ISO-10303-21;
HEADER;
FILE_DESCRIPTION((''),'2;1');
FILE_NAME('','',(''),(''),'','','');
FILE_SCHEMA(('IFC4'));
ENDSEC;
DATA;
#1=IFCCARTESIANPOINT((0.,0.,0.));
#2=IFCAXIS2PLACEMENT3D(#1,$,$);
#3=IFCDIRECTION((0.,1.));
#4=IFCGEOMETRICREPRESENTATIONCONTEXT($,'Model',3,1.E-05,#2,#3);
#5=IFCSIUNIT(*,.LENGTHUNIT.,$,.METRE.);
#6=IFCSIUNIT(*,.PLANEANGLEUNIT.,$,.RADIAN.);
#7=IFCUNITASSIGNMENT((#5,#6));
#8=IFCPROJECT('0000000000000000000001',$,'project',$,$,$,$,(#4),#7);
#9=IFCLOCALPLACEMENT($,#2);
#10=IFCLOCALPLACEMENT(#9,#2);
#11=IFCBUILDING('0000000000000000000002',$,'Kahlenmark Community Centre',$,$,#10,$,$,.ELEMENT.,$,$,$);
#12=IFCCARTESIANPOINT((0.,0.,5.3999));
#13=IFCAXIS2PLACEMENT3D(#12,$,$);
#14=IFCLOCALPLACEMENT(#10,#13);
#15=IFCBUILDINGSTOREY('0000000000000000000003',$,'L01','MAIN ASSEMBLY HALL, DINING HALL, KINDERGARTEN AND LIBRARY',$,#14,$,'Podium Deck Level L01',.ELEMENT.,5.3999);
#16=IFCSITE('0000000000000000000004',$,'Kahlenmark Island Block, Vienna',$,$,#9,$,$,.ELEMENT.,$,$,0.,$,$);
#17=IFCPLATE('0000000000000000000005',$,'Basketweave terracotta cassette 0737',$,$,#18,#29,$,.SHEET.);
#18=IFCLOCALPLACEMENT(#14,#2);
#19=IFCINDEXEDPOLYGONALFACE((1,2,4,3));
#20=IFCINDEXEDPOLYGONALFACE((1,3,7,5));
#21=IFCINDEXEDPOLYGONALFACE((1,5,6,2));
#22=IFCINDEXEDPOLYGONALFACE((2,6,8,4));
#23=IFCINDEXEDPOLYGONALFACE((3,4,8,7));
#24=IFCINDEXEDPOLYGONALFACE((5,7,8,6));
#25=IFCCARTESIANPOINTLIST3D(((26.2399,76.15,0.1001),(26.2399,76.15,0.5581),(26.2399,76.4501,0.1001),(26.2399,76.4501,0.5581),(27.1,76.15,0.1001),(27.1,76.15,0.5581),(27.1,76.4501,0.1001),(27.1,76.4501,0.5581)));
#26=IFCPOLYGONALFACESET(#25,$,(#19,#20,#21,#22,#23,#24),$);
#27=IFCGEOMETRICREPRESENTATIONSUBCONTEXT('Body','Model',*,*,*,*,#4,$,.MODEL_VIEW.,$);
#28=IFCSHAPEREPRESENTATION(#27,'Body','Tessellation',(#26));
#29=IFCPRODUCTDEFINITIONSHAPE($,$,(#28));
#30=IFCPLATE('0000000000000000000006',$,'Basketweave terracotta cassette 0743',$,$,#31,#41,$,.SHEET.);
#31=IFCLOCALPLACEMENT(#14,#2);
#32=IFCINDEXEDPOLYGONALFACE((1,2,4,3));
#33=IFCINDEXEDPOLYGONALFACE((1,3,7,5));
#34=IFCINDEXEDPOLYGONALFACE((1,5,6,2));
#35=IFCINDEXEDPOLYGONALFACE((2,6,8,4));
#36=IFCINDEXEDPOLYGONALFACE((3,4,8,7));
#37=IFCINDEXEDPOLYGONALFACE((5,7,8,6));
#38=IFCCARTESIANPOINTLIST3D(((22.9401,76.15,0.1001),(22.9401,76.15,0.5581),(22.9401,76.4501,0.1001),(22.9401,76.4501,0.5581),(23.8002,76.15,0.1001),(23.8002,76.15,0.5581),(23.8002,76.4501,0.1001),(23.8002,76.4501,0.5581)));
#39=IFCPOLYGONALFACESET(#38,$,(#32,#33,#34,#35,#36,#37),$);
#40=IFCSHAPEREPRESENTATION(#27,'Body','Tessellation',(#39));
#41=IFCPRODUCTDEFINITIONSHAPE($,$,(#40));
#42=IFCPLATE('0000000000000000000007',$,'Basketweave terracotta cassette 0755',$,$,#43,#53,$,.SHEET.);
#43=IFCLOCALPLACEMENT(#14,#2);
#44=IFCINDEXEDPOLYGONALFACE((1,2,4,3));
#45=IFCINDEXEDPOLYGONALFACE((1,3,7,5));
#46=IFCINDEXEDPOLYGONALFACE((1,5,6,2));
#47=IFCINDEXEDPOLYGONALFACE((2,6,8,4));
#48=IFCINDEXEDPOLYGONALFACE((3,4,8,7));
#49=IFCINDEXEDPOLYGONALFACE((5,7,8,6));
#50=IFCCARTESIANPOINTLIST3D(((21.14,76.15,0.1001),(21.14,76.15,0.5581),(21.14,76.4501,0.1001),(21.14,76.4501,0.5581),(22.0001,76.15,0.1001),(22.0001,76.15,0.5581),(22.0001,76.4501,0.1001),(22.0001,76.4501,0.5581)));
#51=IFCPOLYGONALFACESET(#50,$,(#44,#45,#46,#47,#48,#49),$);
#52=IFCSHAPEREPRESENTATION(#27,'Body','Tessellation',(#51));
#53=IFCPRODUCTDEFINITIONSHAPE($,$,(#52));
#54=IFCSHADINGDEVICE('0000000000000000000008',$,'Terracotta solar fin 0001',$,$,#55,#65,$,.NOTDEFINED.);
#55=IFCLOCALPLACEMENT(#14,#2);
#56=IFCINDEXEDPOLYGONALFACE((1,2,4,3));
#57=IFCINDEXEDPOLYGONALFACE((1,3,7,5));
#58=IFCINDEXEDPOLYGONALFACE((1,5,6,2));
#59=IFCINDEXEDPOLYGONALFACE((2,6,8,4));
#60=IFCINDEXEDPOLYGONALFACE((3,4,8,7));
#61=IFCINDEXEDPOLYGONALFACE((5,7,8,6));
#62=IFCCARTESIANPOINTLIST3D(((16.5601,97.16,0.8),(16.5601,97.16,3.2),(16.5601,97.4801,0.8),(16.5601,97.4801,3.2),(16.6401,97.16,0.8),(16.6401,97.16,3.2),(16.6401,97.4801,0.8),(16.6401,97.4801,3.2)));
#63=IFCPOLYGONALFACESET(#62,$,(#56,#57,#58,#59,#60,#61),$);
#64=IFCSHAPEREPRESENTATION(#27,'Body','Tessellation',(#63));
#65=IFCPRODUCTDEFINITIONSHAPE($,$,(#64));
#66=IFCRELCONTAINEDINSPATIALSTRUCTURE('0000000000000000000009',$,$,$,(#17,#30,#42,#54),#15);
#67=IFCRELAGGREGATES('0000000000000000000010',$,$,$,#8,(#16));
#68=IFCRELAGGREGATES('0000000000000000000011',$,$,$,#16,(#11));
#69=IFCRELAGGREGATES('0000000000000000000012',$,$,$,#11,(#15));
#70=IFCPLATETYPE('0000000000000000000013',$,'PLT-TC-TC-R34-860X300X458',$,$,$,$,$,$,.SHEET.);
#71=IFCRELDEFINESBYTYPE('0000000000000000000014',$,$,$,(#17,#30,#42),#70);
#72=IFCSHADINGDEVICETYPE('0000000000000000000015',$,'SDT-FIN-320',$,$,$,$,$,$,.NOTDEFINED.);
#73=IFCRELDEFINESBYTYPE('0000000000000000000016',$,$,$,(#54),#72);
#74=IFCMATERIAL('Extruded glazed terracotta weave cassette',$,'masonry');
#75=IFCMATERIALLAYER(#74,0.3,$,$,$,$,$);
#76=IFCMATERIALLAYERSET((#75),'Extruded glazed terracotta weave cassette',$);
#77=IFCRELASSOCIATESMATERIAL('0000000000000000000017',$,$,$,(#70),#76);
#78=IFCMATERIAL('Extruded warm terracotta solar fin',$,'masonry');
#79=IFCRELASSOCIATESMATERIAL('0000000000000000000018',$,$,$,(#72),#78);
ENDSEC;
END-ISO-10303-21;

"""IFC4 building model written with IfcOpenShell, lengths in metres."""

from ifc_helpers import new_model, si_unit, direction, frame, origin, origin_2d, place, context, subcontext, project, spatial, rectangle, extrude, material, layer, layer_set, type_object, element, save


model = new_model("IFC4")

# Units and contexts
model_context = context("Model", 3, precision=1e-05, world=origin(), true_north=direction((0.0, 1.0)))
body_context = subcontext(model_context, "Body", "Model", "MODEL_VIEW")
ifc_project = project(units=[si_unit("LENGTHUNIT", "METRE"), si_unit("PLANEANGLEUNIT", "RADIAN")], contexts=[model_context])

# Site, building, storey
site_placement = place(None, origin())
site = spatial("IfcSite", under=ifc_project, at=site_placement, Name="Kahlenmark Island Block, Vienna", CompositionType="ELEMENT", RefElevation=0.0)
building_placement = place(site_placement, origin())
building = spatial("IfcBuilding", under=site, at=building_placement, Name="Kahlenmark Community Centre", CompositionType="ELEMENT")
storey_placement = place(building_placement, frame((0.0, 0.0, 5.3999)))
storey = spatial("IfcBuildingStorey", under=building, at=storey_placement, Name="L01", Description="MAIN ASSEMBLY HALL, DINING HALL, KINDERGARTEN AND LIBRARY", LongName="Podium Deck Level L01", CompositionType="ELEMENT", Elevation=5.3999)

# Plates
ifc_material_1 = material(Name="Extruded glazed terracotta weave cassette", Category="masonry")
ifc_layer_1 = layer(ifc_material_1, 0.3)
ifc_layer_set_1 = layer_set([ifc_layer_1], Name="Extruded glazed terracotta weave cassette")
plate_type_1 = type_object("IfcPlateType", Name="PLT-TC-TC-R34-860X300X458", PredefinedType="SHEET", material=ifc_layer_set_1)
for number, where, z_axis, x_axis, name in (
    (1, (26.6699, 76.3, 0.1001), (0.0, 0.0, 1.0), (-1.0, 0.0, 0.0), "Basketweave terracotta cassette 0737"),
    (2, (23.3701, 76.3, 0.1001), (0.0, 0.0, 1.0), (-1.0, 0.0, 0.0), "Basketweave terracotta cassette 0743"),
    (3, (21.5701, 76.3, 0.1001), (0.0, 0.0, 1.0), (-1.0, 0.0, 0.0), "Basketweave terracotta cassette 0755"),
):
    element("IfcPlate", number, at=place(storey_placement, frame(where, z_axis=z_axis, x_axis=x_axis)), inside=storey, type_object=plate_type_1, Name=name, PredefinedType="SHEET", context=body_context, shape_type="SweptSolid", body=[
        extrude(rectangle(XDim=0.8601, YDim=0.3, at=origin_2d()), origin(), (0.0, 0.0, 1.0), 0.458),
    ])

# Shading device
ifc_material_2 = material(Name="Extruded warm terracotta solar fin", Category="masonry")
shading_device_type = type_object("IfcShadingDeviceType", Name="SDT-FIN-320", PredefinedType="NOTDEFINED", material=ifc_material_2)
shading_device_placement = place(storey_placement, frame((16.6001, 97.3201, 0.8), z_axis=(0.0, 0.0, 1.0), x_axis=(1.0, 0.0, 0.0)))
element("IfcShadingDevice", 4, at=shading_device_placement, inside=storey, type_object=shading_device_type, Name="Terracotta solar fin 0001", PredefinedType="NOTDEFINED", context=body_context, shape_type="SweptSolid", body=[
    extrude(rectangle(XDim=0.0801, YDim=0.3201, at=origin_2d()), origin(), (0.0, 0.0, 1.0), 2.3999),
])

save(model, "model.ifc")
